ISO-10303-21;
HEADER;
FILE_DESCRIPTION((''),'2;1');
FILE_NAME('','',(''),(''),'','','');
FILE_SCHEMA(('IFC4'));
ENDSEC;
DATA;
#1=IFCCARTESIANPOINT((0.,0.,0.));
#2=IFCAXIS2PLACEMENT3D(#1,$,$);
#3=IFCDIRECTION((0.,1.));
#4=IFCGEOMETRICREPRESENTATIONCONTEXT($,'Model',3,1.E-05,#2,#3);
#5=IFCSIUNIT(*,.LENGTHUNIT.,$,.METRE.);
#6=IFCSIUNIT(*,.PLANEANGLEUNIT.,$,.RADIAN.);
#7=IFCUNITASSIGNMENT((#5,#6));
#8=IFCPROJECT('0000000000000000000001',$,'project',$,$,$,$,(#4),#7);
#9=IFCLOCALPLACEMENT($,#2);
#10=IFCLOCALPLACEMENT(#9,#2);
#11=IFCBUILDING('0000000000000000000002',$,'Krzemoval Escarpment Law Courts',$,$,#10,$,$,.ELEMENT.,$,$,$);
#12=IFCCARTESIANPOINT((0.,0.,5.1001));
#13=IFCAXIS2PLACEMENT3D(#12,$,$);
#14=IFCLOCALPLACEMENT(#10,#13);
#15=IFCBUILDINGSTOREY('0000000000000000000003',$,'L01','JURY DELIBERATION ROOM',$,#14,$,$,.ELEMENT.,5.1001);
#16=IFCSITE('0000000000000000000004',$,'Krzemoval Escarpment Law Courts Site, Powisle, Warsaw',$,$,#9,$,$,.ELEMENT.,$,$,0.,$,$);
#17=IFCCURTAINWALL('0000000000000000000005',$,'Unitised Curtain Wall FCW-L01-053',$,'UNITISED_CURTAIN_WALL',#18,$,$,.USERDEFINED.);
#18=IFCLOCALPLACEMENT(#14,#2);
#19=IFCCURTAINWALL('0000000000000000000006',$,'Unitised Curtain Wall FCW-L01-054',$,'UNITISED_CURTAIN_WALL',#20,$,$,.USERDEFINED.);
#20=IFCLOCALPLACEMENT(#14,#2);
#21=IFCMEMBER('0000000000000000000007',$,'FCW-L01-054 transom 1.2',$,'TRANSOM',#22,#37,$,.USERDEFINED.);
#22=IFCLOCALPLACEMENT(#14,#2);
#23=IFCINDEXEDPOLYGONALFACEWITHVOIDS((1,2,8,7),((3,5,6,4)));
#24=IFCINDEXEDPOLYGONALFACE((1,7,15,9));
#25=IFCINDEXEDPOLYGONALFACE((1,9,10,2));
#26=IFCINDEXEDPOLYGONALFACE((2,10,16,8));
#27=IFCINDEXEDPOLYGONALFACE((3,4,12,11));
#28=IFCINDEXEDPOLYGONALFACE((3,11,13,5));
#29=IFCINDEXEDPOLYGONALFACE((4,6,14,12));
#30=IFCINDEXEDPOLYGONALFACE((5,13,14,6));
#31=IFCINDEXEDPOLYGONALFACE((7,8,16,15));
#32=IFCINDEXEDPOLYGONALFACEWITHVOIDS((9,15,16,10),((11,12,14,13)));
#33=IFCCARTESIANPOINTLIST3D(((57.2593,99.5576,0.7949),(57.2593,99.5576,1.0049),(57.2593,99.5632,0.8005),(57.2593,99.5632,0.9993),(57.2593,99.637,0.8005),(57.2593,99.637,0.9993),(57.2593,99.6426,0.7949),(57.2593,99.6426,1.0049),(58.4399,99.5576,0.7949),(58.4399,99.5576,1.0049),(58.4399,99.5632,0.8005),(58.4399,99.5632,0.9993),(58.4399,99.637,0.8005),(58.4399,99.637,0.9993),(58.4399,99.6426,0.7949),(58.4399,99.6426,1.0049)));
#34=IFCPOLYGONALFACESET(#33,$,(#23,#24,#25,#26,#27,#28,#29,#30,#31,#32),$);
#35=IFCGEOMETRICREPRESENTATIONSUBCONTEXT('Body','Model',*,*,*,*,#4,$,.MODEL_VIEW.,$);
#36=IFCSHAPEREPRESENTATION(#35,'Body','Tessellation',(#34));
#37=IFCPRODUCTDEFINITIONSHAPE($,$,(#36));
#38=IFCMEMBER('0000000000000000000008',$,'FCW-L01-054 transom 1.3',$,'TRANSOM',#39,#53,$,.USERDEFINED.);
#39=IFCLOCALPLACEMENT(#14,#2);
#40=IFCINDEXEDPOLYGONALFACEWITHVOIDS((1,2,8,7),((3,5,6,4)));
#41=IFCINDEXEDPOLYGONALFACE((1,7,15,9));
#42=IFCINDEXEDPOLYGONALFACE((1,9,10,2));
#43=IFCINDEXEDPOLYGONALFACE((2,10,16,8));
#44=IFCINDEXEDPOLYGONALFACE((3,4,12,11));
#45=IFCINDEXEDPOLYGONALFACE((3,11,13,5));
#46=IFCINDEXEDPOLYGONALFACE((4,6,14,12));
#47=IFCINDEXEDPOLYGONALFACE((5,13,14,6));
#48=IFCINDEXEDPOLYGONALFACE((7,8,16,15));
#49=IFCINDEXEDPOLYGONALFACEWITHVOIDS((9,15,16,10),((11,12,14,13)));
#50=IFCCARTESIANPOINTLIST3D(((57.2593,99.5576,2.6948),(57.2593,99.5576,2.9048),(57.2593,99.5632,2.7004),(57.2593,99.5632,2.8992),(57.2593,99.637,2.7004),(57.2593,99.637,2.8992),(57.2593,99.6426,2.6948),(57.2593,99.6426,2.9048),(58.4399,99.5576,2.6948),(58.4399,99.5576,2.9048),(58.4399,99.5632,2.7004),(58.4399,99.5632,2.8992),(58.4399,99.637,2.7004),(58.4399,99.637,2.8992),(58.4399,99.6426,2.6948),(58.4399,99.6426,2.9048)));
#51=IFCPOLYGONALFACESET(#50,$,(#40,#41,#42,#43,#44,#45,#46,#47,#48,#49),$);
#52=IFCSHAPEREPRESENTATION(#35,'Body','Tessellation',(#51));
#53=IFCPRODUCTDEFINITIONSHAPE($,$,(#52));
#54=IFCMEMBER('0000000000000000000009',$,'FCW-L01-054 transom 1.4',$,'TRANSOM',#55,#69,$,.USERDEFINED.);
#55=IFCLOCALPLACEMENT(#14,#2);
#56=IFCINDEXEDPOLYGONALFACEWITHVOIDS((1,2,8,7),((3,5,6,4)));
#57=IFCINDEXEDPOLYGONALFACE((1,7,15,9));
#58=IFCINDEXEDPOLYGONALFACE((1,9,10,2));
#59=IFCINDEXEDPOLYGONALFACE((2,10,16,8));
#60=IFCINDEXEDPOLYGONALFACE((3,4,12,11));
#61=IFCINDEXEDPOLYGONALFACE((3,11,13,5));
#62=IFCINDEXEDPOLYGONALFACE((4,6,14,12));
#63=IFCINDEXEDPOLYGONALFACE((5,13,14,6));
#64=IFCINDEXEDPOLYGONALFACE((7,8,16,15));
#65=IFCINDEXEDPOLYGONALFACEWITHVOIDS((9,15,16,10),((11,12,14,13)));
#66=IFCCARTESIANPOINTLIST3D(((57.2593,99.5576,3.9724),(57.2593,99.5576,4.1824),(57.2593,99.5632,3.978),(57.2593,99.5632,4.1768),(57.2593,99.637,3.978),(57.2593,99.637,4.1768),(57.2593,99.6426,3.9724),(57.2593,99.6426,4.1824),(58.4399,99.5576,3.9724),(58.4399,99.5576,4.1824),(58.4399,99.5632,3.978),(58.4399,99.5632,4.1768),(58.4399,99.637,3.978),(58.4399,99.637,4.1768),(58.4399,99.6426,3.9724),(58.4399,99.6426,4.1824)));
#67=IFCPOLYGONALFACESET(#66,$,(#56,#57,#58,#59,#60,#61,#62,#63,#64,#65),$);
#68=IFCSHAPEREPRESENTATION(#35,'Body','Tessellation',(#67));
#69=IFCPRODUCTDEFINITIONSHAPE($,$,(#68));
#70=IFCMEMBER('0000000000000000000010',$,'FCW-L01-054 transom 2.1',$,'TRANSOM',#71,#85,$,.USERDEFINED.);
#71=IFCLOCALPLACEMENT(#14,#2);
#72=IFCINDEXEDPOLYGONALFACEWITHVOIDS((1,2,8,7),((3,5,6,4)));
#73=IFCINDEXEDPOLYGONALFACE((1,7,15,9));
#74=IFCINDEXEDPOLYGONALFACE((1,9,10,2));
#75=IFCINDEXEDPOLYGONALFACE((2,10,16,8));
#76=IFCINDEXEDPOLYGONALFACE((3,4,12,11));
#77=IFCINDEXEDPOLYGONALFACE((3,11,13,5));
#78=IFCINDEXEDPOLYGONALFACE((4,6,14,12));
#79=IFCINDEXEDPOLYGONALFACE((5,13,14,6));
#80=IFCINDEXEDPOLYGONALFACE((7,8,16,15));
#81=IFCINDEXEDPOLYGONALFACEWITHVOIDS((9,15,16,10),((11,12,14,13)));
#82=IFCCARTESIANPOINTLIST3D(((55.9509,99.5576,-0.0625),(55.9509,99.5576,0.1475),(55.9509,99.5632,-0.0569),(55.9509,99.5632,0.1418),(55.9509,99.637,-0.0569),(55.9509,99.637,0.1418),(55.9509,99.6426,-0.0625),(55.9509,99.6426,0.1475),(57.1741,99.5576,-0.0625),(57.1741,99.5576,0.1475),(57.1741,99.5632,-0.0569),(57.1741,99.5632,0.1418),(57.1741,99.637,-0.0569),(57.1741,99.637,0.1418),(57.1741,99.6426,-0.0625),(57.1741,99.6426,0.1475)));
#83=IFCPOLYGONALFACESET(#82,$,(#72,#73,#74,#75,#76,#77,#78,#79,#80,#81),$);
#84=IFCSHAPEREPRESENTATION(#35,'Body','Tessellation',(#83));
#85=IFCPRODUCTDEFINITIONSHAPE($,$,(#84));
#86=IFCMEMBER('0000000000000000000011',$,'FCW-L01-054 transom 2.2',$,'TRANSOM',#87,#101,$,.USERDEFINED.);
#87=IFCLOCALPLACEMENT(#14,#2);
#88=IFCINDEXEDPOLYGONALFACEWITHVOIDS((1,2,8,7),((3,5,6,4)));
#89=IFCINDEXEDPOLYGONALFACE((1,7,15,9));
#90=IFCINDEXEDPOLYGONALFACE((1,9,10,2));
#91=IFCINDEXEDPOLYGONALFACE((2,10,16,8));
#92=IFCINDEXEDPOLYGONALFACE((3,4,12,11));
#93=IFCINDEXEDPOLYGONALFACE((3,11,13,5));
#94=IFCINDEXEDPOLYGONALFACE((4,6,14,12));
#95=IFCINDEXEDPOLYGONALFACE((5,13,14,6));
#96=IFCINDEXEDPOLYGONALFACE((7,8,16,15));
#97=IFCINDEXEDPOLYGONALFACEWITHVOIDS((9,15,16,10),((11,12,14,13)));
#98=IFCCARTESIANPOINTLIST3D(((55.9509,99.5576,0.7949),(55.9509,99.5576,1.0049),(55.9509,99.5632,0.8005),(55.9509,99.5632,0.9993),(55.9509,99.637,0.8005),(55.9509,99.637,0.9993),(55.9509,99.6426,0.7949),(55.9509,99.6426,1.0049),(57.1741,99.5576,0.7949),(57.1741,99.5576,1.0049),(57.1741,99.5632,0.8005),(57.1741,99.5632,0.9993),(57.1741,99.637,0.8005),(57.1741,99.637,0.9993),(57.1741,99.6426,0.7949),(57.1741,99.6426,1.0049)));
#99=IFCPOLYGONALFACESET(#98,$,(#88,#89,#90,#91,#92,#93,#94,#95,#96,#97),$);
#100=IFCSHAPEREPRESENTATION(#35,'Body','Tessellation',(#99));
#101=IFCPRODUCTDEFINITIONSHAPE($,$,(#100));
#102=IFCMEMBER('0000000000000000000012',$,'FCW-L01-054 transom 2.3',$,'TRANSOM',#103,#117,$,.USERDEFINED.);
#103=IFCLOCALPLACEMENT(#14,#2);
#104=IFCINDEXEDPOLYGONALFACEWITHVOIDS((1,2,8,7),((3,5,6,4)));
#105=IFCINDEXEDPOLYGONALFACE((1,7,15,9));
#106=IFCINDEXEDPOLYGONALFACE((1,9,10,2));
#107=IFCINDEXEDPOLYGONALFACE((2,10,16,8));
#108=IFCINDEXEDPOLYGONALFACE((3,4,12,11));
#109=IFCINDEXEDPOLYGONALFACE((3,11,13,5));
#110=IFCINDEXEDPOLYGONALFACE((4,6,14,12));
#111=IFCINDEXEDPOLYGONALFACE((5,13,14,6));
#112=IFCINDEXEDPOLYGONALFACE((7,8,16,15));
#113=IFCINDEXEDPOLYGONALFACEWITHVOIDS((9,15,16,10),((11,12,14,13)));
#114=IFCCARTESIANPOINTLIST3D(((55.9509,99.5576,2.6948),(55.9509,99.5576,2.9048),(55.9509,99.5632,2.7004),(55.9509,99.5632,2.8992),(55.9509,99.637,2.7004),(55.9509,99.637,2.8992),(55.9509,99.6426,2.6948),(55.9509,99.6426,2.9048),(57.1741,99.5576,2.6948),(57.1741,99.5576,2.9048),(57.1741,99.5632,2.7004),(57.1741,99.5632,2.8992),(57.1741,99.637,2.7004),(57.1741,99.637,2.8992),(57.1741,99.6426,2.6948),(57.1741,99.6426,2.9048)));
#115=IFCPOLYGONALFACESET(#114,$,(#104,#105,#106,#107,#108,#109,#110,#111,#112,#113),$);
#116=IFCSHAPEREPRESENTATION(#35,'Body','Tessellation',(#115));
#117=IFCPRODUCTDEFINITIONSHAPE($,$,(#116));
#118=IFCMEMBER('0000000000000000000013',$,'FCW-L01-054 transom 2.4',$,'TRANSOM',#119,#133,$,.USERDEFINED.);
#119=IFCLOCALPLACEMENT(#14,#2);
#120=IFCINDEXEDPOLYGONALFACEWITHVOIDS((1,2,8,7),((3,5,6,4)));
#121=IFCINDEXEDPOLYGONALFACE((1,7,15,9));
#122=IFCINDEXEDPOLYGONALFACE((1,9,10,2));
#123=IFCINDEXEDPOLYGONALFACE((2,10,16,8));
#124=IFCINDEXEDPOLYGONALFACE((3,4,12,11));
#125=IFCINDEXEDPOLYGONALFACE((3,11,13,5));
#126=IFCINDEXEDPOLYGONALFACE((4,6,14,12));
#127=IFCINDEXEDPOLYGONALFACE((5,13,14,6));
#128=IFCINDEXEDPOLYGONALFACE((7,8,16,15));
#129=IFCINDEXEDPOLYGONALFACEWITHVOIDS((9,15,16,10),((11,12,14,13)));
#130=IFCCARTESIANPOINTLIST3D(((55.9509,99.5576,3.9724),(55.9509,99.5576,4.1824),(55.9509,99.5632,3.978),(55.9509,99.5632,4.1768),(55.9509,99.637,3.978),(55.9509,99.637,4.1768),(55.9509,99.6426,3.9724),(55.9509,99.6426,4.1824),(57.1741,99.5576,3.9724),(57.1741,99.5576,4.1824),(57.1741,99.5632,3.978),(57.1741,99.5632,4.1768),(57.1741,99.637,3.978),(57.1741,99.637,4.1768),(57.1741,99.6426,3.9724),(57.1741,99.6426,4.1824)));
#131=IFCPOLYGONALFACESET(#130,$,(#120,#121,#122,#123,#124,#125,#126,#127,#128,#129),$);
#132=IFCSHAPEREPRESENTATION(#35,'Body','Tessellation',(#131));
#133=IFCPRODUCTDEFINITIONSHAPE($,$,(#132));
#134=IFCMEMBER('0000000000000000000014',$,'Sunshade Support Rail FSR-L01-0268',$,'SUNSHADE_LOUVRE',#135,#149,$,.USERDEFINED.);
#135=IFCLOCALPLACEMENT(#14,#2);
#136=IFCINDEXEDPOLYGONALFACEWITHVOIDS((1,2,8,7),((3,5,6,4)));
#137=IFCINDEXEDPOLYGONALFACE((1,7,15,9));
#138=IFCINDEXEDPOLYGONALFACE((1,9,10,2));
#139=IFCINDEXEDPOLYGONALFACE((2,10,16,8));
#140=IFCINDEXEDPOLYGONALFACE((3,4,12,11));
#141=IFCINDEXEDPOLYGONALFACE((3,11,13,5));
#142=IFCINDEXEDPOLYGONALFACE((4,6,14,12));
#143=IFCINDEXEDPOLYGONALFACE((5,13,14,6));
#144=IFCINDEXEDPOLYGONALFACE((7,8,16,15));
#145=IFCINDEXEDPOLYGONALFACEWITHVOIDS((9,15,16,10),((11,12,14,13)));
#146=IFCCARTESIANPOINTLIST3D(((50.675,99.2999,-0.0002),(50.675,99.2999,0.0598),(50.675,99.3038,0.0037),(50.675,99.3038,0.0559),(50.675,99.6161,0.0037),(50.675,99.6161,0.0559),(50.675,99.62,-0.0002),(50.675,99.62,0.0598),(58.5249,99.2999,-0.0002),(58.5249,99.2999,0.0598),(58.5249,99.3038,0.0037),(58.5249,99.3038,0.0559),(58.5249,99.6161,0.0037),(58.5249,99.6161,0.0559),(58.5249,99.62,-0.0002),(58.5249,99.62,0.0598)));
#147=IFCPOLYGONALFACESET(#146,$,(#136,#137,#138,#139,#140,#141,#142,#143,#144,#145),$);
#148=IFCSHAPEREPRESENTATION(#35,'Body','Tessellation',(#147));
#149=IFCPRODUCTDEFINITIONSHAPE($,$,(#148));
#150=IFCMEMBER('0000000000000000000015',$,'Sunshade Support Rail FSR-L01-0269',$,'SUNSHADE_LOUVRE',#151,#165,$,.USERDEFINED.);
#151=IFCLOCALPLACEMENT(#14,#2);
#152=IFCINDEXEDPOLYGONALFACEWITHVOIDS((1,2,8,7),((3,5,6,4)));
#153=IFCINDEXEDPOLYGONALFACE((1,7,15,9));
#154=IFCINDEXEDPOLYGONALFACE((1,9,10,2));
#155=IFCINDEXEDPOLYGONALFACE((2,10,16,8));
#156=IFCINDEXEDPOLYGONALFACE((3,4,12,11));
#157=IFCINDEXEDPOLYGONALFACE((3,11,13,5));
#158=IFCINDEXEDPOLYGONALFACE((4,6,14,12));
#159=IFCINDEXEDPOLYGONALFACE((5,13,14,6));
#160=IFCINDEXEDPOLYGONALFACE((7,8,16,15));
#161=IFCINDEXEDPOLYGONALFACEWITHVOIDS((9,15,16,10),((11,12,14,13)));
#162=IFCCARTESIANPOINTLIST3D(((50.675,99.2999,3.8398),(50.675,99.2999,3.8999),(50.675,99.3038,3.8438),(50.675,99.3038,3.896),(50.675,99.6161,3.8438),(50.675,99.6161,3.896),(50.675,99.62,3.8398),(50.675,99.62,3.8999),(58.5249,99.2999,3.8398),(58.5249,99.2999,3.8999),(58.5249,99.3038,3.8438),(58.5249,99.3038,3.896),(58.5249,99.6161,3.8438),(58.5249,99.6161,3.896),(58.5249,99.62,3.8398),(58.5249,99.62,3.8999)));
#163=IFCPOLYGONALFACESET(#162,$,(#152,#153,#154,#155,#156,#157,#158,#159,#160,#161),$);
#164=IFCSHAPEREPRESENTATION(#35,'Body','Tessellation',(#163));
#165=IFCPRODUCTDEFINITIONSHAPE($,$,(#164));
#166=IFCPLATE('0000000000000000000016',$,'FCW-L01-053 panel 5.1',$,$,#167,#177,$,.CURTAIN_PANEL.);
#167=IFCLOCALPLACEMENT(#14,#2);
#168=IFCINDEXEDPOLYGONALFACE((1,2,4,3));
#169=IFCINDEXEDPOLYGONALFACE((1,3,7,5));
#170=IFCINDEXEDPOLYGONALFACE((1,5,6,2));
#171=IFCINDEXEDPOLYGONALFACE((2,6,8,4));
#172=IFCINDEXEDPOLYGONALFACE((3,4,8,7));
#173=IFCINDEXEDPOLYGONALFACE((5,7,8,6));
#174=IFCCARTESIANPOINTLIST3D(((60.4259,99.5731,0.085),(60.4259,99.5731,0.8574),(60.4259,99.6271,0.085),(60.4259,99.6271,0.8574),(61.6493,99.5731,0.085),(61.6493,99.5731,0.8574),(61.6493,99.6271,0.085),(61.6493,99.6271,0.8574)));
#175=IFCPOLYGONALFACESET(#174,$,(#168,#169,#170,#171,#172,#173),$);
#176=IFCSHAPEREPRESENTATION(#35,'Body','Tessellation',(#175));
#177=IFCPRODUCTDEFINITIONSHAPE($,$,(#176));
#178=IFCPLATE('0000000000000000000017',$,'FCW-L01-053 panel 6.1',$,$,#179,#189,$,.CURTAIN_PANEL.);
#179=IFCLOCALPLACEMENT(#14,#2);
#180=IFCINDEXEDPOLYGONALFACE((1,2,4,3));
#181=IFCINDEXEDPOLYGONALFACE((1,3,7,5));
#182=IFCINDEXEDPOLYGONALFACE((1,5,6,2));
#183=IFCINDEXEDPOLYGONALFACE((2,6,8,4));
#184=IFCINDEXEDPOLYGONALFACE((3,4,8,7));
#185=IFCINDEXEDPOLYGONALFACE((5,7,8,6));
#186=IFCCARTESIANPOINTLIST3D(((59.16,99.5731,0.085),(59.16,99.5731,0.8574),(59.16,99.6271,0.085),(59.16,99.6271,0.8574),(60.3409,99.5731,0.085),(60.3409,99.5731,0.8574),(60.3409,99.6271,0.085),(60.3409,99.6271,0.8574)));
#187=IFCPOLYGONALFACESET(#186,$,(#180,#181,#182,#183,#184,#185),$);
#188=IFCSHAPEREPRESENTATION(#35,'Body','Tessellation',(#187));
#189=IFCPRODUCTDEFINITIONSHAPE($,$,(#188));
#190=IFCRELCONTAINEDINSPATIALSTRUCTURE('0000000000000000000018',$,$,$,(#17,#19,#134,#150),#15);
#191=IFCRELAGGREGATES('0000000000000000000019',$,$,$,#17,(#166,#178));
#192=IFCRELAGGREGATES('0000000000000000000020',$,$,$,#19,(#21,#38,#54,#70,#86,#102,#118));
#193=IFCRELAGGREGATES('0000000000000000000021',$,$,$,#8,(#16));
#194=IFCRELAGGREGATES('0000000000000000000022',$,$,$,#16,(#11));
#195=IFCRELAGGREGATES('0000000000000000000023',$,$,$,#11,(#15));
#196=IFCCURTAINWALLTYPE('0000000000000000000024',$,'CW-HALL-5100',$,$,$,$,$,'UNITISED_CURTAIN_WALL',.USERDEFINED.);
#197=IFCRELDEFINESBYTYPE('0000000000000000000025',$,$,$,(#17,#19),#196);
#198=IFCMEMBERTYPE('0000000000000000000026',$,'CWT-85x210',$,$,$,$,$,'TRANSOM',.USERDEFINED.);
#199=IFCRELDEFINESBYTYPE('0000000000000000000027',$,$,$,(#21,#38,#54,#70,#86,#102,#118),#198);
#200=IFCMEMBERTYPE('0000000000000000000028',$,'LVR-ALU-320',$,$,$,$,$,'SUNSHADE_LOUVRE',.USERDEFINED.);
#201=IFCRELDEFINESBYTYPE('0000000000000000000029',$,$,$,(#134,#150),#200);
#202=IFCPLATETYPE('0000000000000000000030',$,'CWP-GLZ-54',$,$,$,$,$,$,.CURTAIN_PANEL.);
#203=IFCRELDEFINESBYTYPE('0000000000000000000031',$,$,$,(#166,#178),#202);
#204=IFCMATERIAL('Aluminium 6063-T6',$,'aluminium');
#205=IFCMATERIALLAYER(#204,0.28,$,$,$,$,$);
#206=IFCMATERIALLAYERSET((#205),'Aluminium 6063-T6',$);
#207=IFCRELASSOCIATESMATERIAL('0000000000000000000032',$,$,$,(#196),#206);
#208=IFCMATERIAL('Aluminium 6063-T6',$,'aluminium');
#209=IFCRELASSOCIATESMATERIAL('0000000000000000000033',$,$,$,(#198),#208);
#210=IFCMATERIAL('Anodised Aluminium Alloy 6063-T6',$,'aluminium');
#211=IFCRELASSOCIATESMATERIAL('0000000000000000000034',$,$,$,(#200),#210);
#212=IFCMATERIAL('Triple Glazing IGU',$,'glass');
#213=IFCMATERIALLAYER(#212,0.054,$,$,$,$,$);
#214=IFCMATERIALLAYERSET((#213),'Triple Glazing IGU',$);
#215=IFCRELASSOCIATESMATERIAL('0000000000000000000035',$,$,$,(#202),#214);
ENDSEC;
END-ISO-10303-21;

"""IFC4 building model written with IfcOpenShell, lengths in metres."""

from ifc_helpers import new_model, si_unit, direction, frame, origin, origin_2d, place, context, subcontext, project, spatial, rectangle, hollow_rectangle, extrude, material, layer, layer_set, material_profile, profile_set, type_object, element, aggregate, save


model = new_model("IFC4")

# Units and contexts
model_context = context("Model", 3, precision=1e-05, world=origin(), true_north=direction((0.0, 1.0)))
body_context = subcontext(model_context, "Body", "Model", "MODEL_VIEW")
ifc_project = project(units=[si_unit("LENGTHUNIT", "METRE"), si_unit("PLANEANGLEUNIT", "RADIAN")], contexts=[model_context])

# Site, building, storey
site_placement = place(None, origin())
site = spatial("IfcSite", under=ifc_project, at=site_placement, Name="Krzemoval Escarpment Law Courts Site, Powisle, Warsaw", CompositionType="ELEMENT", RefElevation=0.0)
building_placement = place(site_placement, origin())
building = spatial("IfcBuilding", under=site, at=building_placement, Name="Krzemoval Escarpment Law Courts", CompositionType="ELEMENT")
storey_placement = place(building_placement, frame((0.0, 0.0, 5.1001)))
storey = spatial("IfcBuildingStorey", under=building, at=storey_placement, Name="L01", Description="JURY DELIBERATION ROOM", CompositionType="ELEMENT", Elevation=5.1001)

# Curtain walls
ifc_material_1 = material(Name="Aluminium 6063-T6", Category="aluminium")
ifc_layer_1 = layer(ifc_material_1, 0.28)
ifc_layer_set_1 = layer_set([ifc_layer_1], Name="Aluminium 6063-T6")
curtain_wall_type = type_object("IfcCurtainWallType", Name="CW-HALL-5100", ElementType="UNITISED_CURTAIN_WALL", PredefinedType="USERDEFINED", material=ifc_layer_set_1)
curtain_wall_1_placement = place(storey_placement, origin())
curtain_wall_1 = element("IfcCurtainWall", 1, at=curtain_wall_1_placement, inside=storey, type_object=curtain_wall_type, Name="Unitised Curtain Wall FCW-L01-053", ObjectType="UNITISED_CURTAIN_WALL", PredefinedType="USERDEFINED")
curtain_wall_2_placement = place(storey_placement, origin())
curtain_wall_2 = element("IfcCurtainWall", 2, at=curtain_wall_2_placement, inside=storey, type_object=curtain_wall_type, Name="Unitised Curtain Wall FCW-L01-054", ObjectType="UNITISED_CURTAIN_WALL", PredefinedType="USERDEFINED")

# Members
ifc_material_2 = material(Name="Aluminium 6063-T6", Category="aluminium")
ifc_material_profile_1 = material_profile(ifc_material_2, hollow_rectangle(XDim=0.085, YDim=0.21, WallThickness=0.0056, at=origin_2d()), Name="ALU T85x210")
ifc_profile_set_1 = profile_set([ifc_material_profile_1], Name="Aluminium 6063-T6")
member_type_1 = type_object("IfcMemberType", Name="CWT-85x210", ElementType="TRANSOM", PredefinedType="USERDEFINED", material=ifc_profile_set_1)
member_1_placement = place(storey_placement, frame((58.4399, 99.6001, 0.8999), z_axis=(-1.0, 0.0, 0.0), x_axis=(0.0, -1.0, 0.0)))
member_1 = element("IfcMember", 3, at=member_1_placement, type_object=member_type_1, Name="FCW-L01-054 transom 1.2", ObjectType="TRANSOM", PredefinedType="USERDEFINED", context=body_context, shape_type="SweptSolid", body=[
    extrude(hollow_rectangle(XDim=0.085, YDim=0.21, WallThickness=0.0056, at=origin_2d()), origin(), (0.0, 0.0, 1.0), 1.1807),
])
member_2_placement = place(storey_placement, frame((58.4399, 99.6001, 2.7998), z_axis=(-1.0, 0.0, 0.0), x_axis=(0.0, -1.0, 0.0)))
member_2 = element("IfcMember", 4, at=member_2_placement, type_object=member_type_1, Name="FCW-L01-054 transom 1.3", ObjectType="TRANSOM", PredefinedType="USERDEFINED", context=body_context, shape_type="SweptSolid", body=[
    extrude(hollow_rectangle(XDim=0.085, YDim=0.21, WallThickness=0.0056, at=origin_2d()), origin(), (0.0, 0.0, 1.0), 1.1807),
])
member_3_placement = place(storey_placement, frame((58.4399, 99.6001, 4.0774), z_axis=(-1.0, 0.0, 0.0), x_axis=(0.0, -1.0, 0.0)))
member_3 = element("IfcMember", 5, at=member_3_placement, type_object=member_type_1, Name="FCW-L01-054 transom 1.4", ObjectType="TRANSOM", PredefinedType="USERDEFINED", context=body_context, shape_type="SweptSolid", body=[
    extrude(hollow_rectangle(XDim=0.085, YDim=0.21, WallThickness=0.0056, at=origin_2d()), origin(), (0.0, 0.0, 1.0), 1.1807),
])
member_4_placement = place(storey_placement, frame((57.1741, 99.6001, 0.0425), z_axis=(-1.0, 0.0, 0.0), x_axis=(0.0, -1.0, 0.0)))
member_4 = element("IfcMember", 6, at=member_4_placement, type_object=member_type_1, Name="FCW-L01-054 transom 2.1", ObjectType="TRANSOM", PredefinedType="USERDEFINED", context=body_context, shape_type="SweptSolid", body=[
    extrude(hollow_rectangle(XDim=0.085, YDim=0.21, WallThickness=0.0056, at=origin_2d()), origin(), (0.0, 0.0, 1.0), 1.2231),
])
member_5_placement = place(storey_placement, frame((57.1741, 99.6001, 0.8999), z_axis=(-1.0, 0.0, 0.0), x_axis=(0.0, -1.0, 0.0)))
member_5 = element("IfcMember", 7, at=member_5_placement, type_object=member_type_1, Name="FCW-L01-054 transom 2.2", ObjectType="TRANSOM", PredefinedType="USERDEFINED", context=body_context, shape_type="SweptSolid", body=[
    extrude(hollow_rectangle(XDim=0.085, YDim=0.21, WallThickness=0.0056, at=origin_2d()), origin(), (0.0, 0.0, 1.0), 1.2231),
])
member_6_placement = place(storey_placement, frame((57.1741, 99.6001, 2.7998), z_axis=(-1.0, 0.0, 0.0), x_axis=(0.0, -1.0, 0.0)))
member_6 = element("IfcMember", 8, at=member_6_placement, type_object=member_type_1, Name="FCW-L01-054 transom 2.3", ObjectType="TRANSOM", PredefinedType="USERDEFINED", context=body_context, shape_type="SweptSolid", body=[
    extrude(hollow_rectangle(XDim=0.085, YDim=0.21, WallThickness=0.0056, at=origin_2d()), origin(), (0.0, 0.0, 1.0), 1.2231),
])
member_7_placement = place(storey_placement, frame((57.1741, 99.6001, 4.0774), z_axis=(-1.0, 0.0, 0.0), x_axis=(0.0, -1.0, 0.0)))
member_7 = element("IfcMember", 9, at=member_7_placement, type_object=member_type_1, Name="FCW-L01-054 transom 2.4", ObjectType="TRANSOM", PredefinedType="USERDEFINED", context=body_context, shape_type="SweptSolid", body=[
    extrude(hollow_rectangle(XDim=0.085, YDim=0.21, WallThickness=0.0056, at=origin_2d()), origin(), (0.0, 0.0, 1.0), 1.2231),
])

# Members
ifc_material_3 = material(Name="Anodised Aluminium Alloy 6063-T6", Category="aluminium")
ifc_material_profile_2 = material_profile(ifc_material_3, hollow_rectangle(XDim=0.0601, YDim=0.3201, WallThickness=0.0039, at=origin_2d()), Name="ALU LVR 60x320")
ifc_profile_set_2 = profile_set([ifc_material_profile_2], Name="Anodised Aluminium Alloy 6063-T6")
member_type_2 = type_object("IfcMemberType", Name="LVR-ALU-320", ElementType="SUNSHADE_LOUVRE", PredefinedType="USERDEFINED", material=ifc_profile_set_2)
for number, where, z_axis, x_axis, name in (
    (10, (58.5249, 99.46, 0.0298), (-1.0, 0.0, 0.0), (0.0, 0.0, 1.0), "Sunshade Support Rail FSR-L01-0268"),
    (11, (58.5249, 99.46, 3.8699), (-1.0, 0.0, 0.0), (0.0, 0.0, 1.0), "Sunshade Support Rail FSR-L01-0269"),
):
    element("IfcMember", number, at=place(storey_placement, frame(where, z_axis=z_axis, x_axis=x_axis)), inside=storey, type_object=member_type_2, Name=name, ObjectType="SUNSHADE_LOUVRE", PredefinedType="USERDEFINED", context=body_context, shape_type="SweptSolid", body=[
        extrude(hollow_rectangle(XDim=0.0601, YDim=0.3201, WallThickness=0.0039, at=origin_2d()), origin(), (0.0, 0.0, 1.0), 7.8499),
    ])

# Plates
ifc_material_4 = material(Name="Triple Glazing IGU", Category="glass")
ifc_layer_2 = layer(ifc_material_4, 0.054)
ifc_layer_set_2 = layer_set([ifc_layer_2], Name="Triple Glazing IGU")
plate_type = type_object("IfcPlateType", Name="CWP-GLZ-54", PredefinedType="CURTAIN_PANEL", material=ifc_layer_set_2)
plate_1_placement = place(storey_placement, frame((61.0376, 99.6001, 0.085), z_axis=(0.0, 0.0, 1.0), x_axis=(-1.0, 0.0, 0.0)))
plate_1 = element("IfcPlate", 12, at=plate_1_placement, type_object=plate_type, Name="FCW-L01-053 panel 5.1", PredefinedType="CURTAIN_PANEL", context=body_context, shape_type="SweptSolid", body=[
    extrude(rectangle(XDim=1.2234, YDim=0.054, at=origin_2d()), origin(), (0.0, 0.0, 1.0), 0.7725),
])
plate_2_placement = place(storey_placement, frame((59.7505, 99.6001, 0.085), z_axis=(0.0, 0.0, 1.0), x_axis=(-1.0, 0.0, 0.0)))
plate_2 = element("IfcPlate", 13, at=plate_2_placement, type_object=plate_type, Name="FCW-L01-053 panel 6.1", PredefinedType="CURTAIN_PANEL", context=body_context, shape_type="SweptSolid", body=[
    extrude(rectangle(XDim=1.1809, YDim=0.054, at=origin_2d()), origin(), (0.0, 0.0, 1.0), 0.7725),
])
aggregate(curtain_wall_1, [plate_1, plate_2])
aggregate(curtain_wall_2, [member_1, member_2, member_3, member_4, member_5, member_6, member_7])

save(model, "model.ifc")
